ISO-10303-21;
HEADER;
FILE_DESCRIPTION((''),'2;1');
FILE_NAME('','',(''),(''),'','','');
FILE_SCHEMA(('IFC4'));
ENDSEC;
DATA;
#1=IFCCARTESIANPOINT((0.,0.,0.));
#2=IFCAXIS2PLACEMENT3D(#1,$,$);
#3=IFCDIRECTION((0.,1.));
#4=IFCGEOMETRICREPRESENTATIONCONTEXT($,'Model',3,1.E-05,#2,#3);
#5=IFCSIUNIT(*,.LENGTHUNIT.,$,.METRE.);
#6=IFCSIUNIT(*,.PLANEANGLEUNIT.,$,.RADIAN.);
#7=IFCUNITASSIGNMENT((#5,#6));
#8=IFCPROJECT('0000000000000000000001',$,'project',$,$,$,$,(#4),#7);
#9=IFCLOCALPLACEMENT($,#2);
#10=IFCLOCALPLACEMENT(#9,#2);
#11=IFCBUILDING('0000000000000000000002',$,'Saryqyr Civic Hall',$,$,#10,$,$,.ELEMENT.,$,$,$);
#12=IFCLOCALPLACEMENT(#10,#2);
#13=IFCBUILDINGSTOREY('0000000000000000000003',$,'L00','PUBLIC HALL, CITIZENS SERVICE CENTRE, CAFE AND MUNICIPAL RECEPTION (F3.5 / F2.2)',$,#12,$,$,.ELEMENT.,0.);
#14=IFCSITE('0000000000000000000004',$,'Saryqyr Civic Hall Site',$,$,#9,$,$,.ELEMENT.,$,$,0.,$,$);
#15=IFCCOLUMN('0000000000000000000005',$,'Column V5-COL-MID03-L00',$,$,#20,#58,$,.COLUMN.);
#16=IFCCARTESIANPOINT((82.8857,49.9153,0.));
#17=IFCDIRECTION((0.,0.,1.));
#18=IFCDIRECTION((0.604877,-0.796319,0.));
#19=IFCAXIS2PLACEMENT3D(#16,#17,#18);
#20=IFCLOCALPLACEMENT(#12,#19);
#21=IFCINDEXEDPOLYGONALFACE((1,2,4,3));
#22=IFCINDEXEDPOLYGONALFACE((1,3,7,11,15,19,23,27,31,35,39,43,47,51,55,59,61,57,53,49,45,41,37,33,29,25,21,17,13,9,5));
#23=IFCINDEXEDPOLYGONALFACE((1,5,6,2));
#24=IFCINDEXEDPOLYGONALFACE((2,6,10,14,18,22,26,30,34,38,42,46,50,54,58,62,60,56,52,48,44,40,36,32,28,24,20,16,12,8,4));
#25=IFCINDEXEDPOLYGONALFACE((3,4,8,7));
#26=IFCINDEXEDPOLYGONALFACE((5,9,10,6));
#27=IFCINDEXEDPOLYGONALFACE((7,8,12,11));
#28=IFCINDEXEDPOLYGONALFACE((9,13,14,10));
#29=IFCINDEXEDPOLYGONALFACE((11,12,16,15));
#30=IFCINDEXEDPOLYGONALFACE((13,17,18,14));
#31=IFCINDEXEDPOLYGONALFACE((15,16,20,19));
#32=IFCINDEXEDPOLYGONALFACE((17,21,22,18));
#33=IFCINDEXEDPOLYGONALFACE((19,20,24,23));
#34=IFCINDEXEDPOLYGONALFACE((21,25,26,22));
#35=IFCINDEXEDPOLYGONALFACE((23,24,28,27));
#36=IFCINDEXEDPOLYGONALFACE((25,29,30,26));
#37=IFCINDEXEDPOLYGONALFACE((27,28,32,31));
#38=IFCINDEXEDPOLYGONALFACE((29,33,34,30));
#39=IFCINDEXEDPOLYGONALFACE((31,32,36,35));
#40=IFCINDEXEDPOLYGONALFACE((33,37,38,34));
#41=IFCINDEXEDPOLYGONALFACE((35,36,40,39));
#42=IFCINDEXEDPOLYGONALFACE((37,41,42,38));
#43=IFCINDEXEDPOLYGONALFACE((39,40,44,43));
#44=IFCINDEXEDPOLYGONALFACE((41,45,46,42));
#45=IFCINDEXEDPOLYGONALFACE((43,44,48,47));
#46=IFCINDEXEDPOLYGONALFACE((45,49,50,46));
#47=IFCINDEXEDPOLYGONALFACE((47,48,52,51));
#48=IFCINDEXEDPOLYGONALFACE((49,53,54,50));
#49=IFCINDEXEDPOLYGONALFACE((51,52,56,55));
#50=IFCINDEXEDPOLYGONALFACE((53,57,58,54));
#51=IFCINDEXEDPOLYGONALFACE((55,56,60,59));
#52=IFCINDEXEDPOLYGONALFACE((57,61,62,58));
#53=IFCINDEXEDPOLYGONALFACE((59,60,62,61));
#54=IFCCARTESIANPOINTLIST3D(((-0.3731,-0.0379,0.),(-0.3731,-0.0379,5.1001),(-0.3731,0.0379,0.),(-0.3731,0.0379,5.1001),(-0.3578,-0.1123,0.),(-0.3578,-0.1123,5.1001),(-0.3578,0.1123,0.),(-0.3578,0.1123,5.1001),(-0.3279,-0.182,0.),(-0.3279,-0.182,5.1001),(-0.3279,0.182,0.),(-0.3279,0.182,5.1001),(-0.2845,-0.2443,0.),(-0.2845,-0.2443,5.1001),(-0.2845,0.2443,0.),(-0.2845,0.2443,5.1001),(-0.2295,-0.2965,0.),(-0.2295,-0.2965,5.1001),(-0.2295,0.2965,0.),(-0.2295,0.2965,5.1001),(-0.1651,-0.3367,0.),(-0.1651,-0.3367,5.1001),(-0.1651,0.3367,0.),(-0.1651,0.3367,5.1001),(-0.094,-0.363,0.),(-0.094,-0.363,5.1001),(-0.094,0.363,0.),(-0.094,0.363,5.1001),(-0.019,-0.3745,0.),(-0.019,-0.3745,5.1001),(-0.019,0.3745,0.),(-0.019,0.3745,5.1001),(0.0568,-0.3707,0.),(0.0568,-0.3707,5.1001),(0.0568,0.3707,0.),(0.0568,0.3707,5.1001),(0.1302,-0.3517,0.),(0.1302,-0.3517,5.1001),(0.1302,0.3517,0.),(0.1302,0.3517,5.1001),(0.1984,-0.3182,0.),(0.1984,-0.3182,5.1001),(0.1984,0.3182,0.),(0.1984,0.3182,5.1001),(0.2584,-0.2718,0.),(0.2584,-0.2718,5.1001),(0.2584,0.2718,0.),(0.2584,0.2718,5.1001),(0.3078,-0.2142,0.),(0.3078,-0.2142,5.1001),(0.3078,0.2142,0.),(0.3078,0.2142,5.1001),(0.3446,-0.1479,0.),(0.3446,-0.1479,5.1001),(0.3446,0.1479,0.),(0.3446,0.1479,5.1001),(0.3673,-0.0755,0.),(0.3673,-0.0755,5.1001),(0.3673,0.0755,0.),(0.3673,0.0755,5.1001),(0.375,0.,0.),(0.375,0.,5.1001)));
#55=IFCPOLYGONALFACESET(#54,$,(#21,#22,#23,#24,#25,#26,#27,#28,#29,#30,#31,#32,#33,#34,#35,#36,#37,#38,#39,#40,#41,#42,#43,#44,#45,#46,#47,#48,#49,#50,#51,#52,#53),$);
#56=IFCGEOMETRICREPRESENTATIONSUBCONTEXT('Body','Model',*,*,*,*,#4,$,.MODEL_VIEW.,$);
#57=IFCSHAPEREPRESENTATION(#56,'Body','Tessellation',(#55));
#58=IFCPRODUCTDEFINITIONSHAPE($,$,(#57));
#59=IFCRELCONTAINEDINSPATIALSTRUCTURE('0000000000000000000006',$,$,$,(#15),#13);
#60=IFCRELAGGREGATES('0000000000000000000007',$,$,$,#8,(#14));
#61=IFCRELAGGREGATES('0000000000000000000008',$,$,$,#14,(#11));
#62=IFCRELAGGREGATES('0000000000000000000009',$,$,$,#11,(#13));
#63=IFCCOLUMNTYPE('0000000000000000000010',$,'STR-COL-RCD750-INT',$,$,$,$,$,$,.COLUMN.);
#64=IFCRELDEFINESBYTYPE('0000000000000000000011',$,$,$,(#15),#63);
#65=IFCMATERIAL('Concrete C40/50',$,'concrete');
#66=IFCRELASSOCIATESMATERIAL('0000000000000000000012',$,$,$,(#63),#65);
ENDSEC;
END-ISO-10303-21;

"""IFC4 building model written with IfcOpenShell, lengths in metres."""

from ifc_helpers import new_model, si_unit, direction, frame, origin, origin_2d, place, context, subcontext, project, spatial, circle, extrude, material, material_profile, profile_set, type_object, element, save


model = new_model("IFC4")

# Units and contexts
model_context = context("Model", 3, precision=1e-05, world=origin(), true_north=direction((0.0, 1.0)))
body_context = subcontext(model_context, "Body", "Model", "MODEL_VIEW")
ifc_project = project(units=[si_unit("LENGTHUNIT", "METRE"), si_unit("PLANEANGLEUNIT", "RADIAN")], contexts=[model_context])

# Site, building, storey
site_placement = place(None, origin())
site = spatial("IfcSite", under=ifc_project, at=site_placement, Name="Saryqyr Civic Hall Site", CompositionType="ELEMENT", RefElevation=0.0)
building_placement = place(site_placement, origin())
building = spatial("IfcBuilding", under=site, at=building_placement, Name="Saryqyr Civic Hall", CompositionType="ELEMENT")
storey_placement = place(building_placement, origin())
storey = spatial("IfcBuildingStorey", under=building, at=storey_placement, Name="L00", Description="PUBLIC HALL, CITIZENS SERVICE CENTRE, CAFE AND MUNICIPAL RECEPTION (F3.5 / F2.2)", CompositionType="ELEMENT", Elevation=0.0)

# Column
ifc_material_1 = material(Name="Concrete C40/50", Category="concrete")
ifc_material_profile_1 = material_profile(ifc_material_1, circle(Radius=0.375, at=origin_2d()), Name="RC D750")
ifc_profile_set_1 = profile_set([ifc_material_profile_1], Name="Concrete C40/50")
column_type_1 = type_object("IfcColumnType", Name="STR-COL-RCD750-INT", PredefinedType="COLUMN", material=ifc_profile_set_1)
column_1_placement = place(storey_placement, frame((82.8857, 49.9153, 0.0), z_axis=(0.0, 0.0, 1.0), x_axis=(0.604877, -0.796319, 0.0)))
element("IfcColumn", 1, at=column_1_placement, inside=storey, type_object=column_type_1, Name="Column V5-COL-MID03-L00", PredefinedType="COLUMN", context=body_context, shape_type="SweptSolid", body=[
    extrude(circle(Radius=0.375, at=origin_2d()), origin(), (0.0, 0.0, 1.0), 5.1001),
])

save(model, "model.ifc")
